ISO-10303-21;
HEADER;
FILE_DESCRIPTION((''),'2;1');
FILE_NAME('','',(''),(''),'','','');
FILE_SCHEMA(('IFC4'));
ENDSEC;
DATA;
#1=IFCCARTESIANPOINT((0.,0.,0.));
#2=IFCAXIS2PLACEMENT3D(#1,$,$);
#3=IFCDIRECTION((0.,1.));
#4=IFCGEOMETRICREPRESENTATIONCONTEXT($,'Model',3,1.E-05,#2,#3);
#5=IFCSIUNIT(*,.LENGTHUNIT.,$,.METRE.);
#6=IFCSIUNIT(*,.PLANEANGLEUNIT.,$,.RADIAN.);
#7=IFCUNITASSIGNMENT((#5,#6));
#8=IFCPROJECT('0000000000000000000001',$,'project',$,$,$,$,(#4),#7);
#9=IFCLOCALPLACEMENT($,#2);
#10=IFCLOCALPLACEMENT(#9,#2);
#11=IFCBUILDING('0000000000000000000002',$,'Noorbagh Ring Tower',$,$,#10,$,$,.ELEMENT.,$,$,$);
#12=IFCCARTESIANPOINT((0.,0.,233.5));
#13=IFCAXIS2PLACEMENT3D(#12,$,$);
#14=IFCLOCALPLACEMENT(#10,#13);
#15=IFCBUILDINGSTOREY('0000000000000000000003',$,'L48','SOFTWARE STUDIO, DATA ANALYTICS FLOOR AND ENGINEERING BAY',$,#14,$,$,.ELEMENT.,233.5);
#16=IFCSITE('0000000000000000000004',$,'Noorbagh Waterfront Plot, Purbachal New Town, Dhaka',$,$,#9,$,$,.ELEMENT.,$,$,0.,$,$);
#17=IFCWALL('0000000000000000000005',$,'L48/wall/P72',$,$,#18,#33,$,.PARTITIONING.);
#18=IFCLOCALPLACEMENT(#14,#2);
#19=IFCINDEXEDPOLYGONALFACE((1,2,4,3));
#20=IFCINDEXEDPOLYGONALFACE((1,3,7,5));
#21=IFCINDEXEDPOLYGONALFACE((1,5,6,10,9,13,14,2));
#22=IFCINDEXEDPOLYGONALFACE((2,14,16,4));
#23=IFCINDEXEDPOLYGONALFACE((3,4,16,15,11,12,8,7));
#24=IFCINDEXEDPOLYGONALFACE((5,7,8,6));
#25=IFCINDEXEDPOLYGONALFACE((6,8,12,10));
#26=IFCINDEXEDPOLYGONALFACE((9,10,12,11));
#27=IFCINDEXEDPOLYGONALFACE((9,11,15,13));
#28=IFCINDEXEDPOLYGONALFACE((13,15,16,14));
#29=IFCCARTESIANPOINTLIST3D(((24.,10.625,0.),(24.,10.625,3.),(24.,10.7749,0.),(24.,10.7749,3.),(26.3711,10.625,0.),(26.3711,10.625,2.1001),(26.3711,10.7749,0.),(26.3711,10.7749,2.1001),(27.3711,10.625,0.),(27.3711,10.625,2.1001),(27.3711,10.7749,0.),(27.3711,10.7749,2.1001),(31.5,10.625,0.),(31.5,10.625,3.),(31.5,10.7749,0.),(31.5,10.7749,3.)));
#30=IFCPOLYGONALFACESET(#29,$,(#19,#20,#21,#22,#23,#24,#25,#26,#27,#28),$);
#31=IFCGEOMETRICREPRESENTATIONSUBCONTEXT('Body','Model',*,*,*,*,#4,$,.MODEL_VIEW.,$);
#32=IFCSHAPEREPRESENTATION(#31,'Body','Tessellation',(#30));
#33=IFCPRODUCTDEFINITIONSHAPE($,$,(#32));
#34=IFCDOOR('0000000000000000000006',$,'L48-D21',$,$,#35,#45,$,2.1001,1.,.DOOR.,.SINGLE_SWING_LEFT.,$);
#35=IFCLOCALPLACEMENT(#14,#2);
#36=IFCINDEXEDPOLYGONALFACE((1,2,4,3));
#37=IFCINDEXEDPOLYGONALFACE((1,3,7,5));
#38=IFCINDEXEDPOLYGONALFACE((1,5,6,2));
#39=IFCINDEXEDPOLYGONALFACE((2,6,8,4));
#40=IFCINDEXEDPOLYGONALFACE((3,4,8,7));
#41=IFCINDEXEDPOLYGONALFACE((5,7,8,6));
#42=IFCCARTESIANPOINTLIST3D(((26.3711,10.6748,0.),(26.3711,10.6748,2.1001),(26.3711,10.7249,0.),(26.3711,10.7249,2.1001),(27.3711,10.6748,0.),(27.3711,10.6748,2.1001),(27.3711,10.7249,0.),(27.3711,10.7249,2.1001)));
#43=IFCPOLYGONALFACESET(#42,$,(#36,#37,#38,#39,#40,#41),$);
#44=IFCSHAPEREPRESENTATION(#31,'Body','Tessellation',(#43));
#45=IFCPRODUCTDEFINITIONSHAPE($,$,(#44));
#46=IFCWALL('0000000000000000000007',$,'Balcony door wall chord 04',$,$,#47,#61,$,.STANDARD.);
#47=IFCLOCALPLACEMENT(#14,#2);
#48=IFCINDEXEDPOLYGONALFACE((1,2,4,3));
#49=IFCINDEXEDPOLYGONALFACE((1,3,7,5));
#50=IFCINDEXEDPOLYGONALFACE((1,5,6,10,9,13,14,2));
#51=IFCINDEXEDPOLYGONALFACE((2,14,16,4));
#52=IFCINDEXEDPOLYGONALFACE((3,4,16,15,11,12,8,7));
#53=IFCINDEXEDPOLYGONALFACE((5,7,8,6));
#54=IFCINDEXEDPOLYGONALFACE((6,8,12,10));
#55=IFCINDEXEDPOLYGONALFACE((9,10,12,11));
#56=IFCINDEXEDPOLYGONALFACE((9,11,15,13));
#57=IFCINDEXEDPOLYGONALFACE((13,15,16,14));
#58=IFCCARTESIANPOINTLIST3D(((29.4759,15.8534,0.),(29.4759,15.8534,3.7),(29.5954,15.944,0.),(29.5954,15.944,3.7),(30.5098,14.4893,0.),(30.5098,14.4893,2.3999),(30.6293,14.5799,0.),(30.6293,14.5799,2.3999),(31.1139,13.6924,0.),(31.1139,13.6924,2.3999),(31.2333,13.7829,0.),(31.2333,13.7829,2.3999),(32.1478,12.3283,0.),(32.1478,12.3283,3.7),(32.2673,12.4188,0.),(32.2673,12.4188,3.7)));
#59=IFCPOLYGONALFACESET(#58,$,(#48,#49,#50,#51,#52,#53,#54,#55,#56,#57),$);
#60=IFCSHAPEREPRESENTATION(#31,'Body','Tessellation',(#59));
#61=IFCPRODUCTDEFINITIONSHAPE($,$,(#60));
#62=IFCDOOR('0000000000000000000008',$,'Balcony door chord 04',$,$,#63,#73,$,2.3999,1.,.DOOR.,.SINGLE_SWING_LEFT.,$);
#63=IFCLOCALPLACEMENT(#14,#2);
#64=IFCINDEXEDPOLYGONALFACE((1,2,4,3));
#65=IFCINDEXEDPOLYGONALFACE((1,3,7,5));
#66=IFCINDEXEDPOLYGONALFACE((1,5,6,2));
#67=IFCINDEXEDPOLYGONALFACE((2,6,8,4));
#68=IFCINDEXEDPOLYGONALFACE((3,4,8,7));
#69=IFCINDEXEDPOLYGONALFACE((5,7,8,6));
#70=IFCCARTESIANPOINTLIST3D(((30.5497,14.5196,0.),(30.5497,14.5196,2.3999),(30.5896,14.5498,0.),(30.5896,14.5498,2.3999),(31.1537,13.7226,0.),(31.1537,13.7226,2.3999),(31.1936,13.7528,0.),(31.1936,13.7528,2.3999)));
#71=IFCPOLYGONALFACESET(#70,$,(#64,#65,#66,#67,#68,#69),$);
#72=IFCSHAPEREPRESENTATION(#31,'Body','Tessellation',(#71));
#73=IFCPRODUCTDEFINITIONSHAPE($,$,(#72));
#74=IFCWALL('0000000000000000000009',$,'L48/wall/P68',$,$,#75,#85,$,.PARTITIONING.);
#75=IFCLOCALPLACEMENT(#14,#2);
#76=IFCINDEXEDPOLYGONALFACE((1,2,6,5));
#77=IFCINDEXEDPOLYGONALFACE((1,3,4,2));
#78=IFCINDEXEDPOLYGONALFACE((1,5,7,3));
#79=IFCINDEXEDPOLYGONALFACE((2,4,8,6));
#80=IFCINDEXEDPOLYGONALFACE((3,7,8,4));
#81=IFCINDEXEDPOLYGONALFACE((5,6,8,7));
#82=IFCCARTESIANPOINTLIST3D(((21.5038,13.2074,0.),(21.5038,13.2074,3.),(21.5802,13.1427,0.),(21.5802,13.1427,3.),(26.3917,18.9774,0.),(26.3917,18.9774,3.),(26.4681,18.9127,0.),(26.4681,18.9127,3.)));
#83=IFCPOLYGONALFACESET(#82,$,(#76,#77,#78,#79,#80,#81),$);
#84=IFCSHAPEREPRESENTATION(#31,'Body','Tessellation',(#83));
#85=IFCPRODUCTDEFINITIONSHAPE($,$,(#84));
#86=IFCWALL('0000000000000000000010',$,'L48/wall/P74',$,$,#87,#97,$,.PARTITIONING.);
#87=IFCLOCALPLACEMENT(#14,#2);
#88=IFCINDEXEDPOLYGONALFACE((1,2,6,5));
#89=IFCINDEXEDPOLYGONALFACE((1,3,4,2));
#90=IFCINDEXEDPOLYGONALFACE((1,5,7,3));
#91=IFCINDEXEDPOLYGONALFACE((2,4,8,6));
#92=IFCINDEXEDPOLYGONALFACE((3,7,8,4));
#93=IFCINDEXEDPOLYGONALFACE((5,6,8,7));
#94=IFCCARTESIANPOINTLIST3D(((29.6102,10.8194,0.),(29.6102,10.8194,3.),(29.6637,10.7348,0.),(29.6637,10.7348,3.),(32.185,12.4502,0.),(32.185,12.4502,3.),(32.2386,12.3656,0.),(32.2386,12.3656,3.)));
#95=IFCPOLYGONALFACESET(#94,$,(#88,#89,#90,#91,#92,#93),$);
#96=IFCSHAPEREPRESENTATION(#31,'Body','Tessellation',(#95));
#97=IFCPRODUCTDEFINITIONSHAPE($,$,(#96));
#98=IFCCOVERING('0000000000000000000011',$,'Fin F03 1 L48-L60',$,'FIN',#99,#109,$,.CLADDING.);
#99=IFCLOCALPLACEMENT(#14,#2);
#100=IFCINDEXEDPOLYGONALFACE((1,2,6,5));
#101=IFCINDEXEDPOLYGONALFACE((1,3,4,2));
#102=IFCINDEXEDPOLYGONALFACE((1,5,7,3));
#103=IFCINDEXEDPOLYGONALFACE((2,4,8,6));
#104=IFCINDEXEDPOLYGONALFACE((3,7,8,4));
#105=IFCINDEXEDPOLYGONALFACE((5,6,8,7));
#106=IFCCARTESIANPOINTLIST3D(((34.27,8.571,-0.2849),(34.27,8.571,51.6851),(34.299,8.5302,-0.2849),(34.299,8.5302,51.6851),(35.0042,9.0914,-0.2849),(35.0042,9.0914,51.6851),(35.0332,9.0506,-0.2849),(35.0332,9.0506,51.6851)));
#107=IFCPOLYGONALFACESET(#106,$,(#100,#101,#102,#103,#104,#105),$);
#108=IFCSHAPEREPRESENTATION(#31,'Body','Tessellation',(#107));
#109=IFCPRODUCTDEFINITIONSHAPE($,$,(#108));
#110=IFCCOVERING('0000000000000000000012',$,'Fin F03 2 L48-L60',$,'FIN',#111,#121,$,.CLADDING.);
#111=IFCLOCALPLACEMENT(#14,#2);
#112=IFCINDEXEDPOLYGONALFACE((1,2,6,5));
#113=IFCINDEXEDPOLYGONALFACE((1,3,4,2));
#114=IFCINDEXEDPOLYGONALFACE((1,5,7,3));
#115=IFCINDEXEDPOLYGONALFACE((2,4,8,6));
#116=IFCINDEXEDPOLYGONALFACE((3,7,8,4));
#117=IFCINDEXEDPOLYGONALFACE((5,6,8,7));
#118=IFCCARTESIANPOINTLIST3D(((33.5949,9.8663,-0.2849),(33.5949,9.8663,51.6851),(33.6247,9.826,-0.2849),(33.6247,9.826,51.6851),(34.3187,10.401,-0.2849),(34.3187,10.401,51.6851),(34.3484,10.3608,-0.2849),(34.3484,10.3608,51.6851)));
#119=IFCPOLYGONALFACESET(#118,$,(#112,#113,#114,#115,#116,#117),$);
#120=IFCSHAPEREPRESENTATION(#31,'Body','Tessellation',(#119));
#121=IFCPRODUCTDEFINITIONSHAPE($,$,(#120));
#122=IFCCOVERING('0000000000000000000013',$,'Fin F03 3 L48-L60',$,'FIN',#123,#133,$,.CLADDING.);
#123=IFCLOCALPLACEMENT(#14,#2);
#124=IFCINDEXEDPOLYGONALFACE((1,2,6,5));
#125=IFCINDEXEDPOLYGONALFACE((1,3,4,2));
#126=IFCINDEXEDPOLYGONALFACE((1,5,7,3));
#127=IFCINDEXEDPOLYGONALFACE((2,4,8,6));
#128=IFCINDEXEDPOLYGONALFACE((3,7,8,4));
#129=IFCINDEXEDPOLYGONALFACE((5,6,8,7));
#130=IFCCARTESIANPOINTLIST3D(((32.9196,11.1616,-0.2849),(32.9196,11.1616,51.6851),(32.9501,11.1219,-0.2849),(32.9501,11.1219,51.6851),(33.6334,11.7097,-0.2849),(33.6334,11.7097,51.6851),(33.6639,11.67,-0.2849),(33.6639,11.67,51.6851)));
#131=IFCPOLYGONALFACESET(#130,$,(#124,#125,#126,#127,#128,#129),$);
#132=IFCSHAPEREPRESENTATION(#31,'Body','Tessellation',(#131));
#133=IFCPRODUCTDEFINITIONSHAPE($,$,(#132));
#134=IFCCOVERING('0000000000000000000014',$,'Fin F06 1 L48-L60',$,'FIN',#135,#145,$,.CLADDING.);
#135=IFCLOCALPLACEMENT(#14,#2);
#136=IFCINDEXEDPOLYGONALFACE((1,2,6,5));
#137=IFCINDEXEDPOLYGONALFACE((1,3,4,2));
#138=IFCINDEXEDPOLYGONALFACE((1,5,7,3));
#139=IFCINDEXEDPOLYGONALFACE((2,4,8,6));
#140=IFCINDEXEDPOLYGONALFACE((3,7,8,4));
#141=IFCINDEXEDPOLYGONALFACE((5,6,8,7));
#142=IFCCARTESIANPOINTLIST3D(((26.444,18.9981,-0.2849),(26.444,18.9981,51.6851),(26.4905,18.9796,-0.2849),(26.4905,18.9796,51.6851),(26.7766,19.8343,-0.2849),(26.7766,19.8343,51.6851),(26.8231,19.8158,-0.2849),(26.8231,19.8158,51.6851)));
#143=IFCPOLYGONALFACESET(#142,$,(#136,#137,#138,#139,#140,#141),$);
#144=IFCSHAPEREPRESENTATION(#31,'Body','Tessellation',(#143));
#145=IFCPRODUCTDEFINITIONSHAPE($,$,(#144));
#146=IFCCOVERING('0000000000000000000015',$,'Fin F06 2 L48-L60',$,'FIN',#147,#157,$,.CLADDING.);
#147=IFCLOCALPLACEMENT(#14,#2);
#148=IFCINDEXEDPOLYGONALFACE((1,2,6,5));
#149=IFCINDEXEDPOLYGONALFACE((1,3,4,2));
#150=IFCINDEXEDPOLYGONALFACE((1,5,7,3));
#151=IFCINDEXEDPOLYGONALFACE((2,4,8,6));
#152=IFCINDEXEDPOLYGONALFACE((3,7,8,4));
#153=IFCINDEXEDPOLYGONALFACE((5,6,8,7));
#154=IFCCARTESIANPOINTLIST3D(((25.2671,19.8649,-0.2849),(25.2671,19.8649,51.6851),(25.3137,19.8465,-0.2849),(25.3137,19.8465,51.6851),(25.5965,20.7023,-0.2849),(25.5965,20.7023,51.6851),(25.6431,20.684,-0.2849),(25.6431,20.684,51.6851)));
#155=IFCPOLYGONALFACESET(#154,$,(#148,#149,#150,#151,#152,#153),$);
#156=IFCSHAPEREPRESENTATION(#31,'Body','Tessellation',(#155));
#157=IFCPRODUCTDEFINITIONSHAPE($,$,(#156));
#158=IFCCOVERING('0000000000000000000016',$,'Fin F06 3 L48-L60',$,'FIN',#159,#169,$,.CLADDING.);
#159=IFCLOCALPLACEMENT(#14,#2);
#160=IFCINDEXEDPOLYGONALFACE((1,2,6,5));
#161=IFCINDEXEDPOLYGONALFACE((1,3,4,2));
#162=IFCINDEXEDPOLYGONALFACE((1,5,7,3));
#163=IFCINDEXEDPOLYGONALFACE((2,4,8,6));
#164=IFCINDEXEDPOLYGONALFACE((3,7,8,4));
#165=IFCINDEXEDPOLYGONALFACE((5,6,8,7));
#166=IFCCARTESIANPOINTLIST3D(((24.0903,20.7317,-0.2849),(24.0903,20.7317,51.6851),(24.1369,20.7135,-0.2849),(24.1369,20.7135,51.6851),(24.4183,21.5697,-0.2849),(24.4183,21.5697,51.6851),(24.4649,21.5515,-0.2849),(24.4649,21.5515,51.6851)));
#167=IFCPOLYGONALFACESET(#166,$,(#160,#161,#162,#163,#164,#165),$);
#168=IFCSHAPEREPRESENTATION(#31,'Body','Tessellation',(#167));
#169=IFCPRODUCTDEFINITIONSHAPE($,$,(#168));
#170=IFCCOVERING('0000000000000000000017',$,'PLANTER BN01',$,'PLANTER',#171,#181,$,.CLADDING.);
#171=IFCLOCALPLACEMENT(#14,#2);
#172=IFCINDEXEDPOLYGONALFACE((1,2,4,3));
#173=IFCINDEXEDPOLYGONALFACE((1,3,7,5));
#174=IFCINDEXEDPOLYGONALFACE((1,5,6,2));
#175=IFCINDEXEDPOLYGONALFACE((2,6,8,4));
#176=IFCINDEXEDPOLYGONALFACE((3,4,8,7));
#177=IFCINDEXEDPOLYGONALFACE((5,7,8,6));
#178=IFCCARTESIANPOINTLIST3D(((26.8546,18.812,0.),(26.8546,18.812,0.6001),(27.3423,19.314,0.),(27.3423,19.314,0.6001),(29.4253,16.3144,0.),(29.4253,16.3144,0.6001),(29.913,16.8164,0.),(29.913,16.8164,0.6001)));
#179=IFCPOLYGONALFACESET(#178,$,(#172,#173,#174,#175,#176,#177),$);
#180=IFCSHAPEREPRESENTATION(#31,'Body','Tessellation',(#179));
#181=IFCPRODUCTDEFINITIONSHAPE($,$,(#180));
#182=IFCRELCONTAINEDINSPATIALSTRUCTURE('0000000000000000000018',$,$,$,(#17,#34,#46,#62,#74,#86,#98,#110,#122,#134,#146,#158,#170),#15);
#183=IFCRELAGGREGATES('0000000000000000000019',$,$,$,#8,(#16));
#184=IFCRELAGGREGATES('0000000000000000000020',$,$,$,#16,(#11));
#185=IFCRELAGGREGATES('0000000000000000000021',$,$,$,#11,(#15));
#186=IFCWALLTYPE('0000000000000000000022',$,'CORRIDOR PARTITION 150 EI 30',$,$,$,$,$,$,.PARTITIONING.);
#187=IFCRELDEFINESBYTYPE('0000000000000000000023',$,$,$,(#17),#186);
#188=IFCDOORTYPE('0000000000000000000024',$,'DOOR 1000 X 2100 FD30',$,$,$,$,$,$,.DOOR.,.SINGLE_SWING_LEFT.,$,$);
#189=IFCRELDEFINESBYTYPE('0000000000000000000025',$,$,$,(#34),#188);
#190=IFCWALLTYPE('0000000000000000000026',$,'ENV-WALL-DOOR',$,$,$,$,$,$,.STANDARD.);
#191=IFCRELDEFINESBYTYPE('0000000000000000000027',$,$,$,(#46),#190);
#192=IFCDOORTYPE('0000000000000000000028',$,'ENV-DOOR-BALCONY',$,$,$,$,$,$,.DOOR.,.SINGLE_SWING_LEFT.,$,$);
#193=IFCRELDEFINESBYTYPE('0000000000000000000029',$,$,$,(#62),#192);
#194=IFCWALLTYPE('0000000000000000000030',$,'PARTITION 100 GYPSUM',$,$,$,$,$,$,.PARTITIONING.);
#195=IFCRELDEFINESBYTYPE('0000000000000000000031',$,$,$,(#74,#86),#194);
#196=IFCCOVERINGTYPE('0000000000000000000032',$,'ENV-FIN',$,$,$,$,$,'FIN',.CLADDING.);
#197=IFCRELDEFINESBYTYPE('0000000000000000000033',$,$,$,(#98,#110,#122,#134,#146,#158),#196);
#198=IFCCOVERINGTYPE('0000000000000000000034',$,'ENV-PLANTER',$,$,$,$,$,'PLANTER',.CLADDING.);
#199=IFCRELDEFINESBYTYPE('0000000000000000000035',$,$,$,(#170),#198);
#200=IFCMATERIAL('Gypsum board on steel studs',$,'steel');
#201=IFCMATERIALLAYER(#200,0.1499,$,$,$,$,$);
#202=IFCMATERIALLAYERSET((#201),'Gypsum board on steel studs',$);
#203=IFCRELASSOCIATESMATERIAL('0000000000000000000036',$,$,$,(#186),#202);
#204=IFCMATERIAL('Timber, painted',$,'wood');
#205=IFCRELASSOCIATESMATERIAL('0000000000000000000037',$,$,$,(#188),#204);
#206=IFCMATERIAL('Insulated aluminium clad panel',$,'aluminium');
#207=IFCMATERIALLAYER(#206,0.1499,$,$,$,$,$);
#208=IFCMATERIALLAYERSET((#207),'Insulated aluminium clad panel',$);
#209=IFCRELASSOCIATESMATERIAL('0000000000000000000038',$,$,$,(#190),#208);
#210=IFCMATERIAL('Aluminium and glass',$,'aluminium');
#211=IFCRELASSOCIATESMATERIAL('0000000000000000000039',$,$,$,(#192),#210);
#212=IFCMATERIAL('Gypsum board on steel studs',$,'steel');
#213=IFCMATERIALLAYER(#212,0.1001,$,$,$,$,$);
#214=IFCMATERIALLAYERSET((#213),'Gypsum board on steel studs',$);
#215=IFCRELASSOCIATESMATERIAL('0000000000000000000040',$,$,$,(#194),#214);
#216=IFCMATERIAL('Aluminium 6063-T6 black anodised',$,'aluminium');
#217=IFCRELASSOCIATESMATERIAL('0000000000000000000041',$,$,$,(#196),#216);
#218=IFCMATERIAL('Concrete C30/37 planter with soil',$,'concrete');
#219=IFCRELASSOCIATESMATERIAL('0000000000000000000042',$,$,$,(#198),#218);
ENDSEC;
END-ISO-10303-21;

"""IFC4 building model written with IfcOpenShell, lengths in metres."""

from ifc_helpers import new_model, si_unit, direction, frame, frame_2d, origin, origin_2d, place, context, subcontext, project, spatial, rectangle, extrude, material, layer, layer_set, material_profile, profile_set, type_object, element, fill, save


model = new_model("IFC4")

# Units and contexts
model_context = context("Model", 3, precision=1e-05, world=origin(), true_north=direction((0.0, 1.0)))
body_context = subcontext(model_context, "Body", "Model", "MODEL_VIEW")
ifc_project = project(units=[si_unit("LENGTHUNIT", "METRE"), si_unit("PLANEANGLEUNIT", "RADIAN")], contexts=[model_context])

# Site, building, storey
site_placement = place(None, origin())
site = spatial("IfcSite", under=ifc_project, at=site_placement, Name="Noorbagh Waterfront Plot, Purbachal New Town, Dhaka", CompositionType="ELEMENT", RefElevation=0.0)
building_placement = place(site_placement, origin())
building = spatial("IfcBuilding", under=site, at=building_placement, Name="Noorbagh Ring Tower", CompositionType="ELEMENT")
storey_placement = place(building_placement, frame((0.0, 0.0, 233.5)))
storey = spatial("IfcBuildingStorey", under=building, at=storey_placement, Name="L48", Description="SOFTWARE STUDIO, DATA ANALYTICS FLOOR AND ENGINEERING BAY", CompositionType="ELEMENT", Elevation=233.5)

# Shared definitions
ifc_material_1 = material(Name="Gypsum board on steel studs", Category="steel")
ifc_layer_1 = layer(ifc_material_1, 0.1499)
ifc_layer_set_1 = layer_set([ifc_layer_1], Name="Gypsum board on steel studs")
wall_type_1 = type_object("IfcWallType", Name="CORRIDOR PARTITION 150 EI 30", PredefinedType="PARTITIONING", material=ifc_layer_set_1)

# Walls, openings, doors
wall_1_placement = place(storey_placement, frame((24.0, 10.7, 0.0), z_axis=(0.0, 0.0, 1.0), x_axis=(1.0, 0.0, 0.0)))
wall_1 = element("IfcWall", 1, at=wall_1_placement, inside=storey, type_object=wall_type_1, Name="L48/wall/P72", PredefinedType="PARTITIONING", context=body_context, shape_type="SweptSolid", body=[
    extrude(rectangle(XDim=7.5, YDim=0.1499, at=frame_2d((3.75, 0.0))), origin(), (0.0, 0.0, 1.0), 3.0),
])
opening_1_placement = place(wall_1_placement, frame((2.3711, 0.0, 0.0)))
opening_1 = element("IfcOpeningElement", 2, at=opening_1_placement, cuts=wall_1, PredefinedType="OPENING", context=body_context, shape_type="SweptSolid", body=[
    extrude(rectangle(XDim=1.0, YDim=2.1001, at=frame_2d((0.5, 1.05))), frame((0.0, 0.085, 0.0), z_axis=(0.0, -1.0, 0.0), x_axis=(1.0, 0.0, 0.0)), (0.0, 0.0, 1.0), 0.1699),
])
ifc_material_2 = material(Name="Timber, painted", Category="wood")
door_type_1 = type_object("IfcDoorType", Name="DOOR 1000 X 2100 FD30", OperationType="SINGLE_SWING_LEFT", PredefinedType="DOOR", material=ifc_material_2)
door_1_placement = place(opening_1_placement, origin())
door_1 = element("IfcDoor", 3, at=door_1_placement, inside=storey, type_object=door_type_1, Name="L48-D21", OperationType="SINGLE_SWING_LEFT", OverallHeight=2.1001, OverallWidth=1.0, PredefinedType="DOOR", context=body_context, shape_type="SweptSolid", body=[
    extrude(rectangle(XDim=1.0, YDim=2.1001, at=frame_2d((0.5, 1.05))), frame((0.0, 0.0249, 0.0), z_axis=(0.0, -1.0, 0.0), x_axis=(1.0, 0.0, 0.0)), (0.0, 0.0, 1.0), 0.05),
])
fill(opening_1, door_1)
ifc_material_3 = material(Name="Insulated aluminium clad panel", Category="aluminium")
ifc_layer_2 = layer(ifc_material_3, 0.1499)
ifc_layer_set_2 = layer_set([ifc_layer_2], Name="Insulated aluminium clad panel")
wall_type_2 = type_object("IfcWallType", Name="ENV-WALL-DOOR", PredefinedType="STANDARD", material=ifc_layer_set_2)
wall_2_placement = place(storey_placement, frame((32.2075, 12.3735, 0.0), z_axis=(0.0, 0.0, 1.0), x_axis=(-0.604046, 0.79695, 0.0)))
wall_2 = element("IfcWall", 4, at=wall_2_placement, inside=storey, type_object=wall_type_2, Name="Balcony door wall chord 04", PredefinedType="STANDARD", context=body_context, shape_type="SweptSolid", body=[
    extrude(rectangle(XDim=4.4233, YDim=0.1499, at=frame_2d((2.2117, 0.0))), origin(), (0.0, 0.0, 1.0), 3.7),
])
opening_2_placement = place(wall_2_placement, frame((1.7117, 0.0, 0.0)))
opening_2 = element("IfcOpeningElement", 5, at=opening_2_placement, cuts=wall_2, PredefinedType="OPENING", context=body_context, shape_type="SweptSolid", body=[
    extrude(rectangle(XDim=1.0, YDim=2.3999, at=frame_2d((0.5, 1.2))), frame((0.0, 0.085, 0.0), z_axis=(0.0, -1.0, 0.0), x_axis=(1.0, 0.0, 0.0)), (0.0, 0.0, 1.0), 0.1699),
])
ifc_material_4 = material(Name="Aluminium and glass", Category="aluminium")
door_type_2 = type_object("IfcDoorType", Name="ENV-DOOR-BALCONY", OperationType="SINGLE_SWING_LEFT", PredefinedType="DOOR", material=ifc_material_4)
door_2_placement = place(opening_2_placement, origin())
door_2 = element("IfcDoor", 6, at=door_2_placement, inside=storey, type_object=door_type_2, Name="Balcony door chord 04", OperationType="SINGLE_SWING_LEFT", OverallHeight=2.3999, OverallWidth=1.0, PredefinedType="DOOR", context=body_context, shape_type="SweptSolid", body=[
    extrude(rectangle(XDim=1.0, YDim=2.3999, at=frame_2d((0.5, 1.2))), frame((0.0, 0.0249, 0.0), z_axis=(0.0, -1.0, 0.0), x_axis=(1.0, 0.0, 0.0)), (0.0, 0.0, 1.0), 0.05),
])
fill(opening_2, door_2)

# Walls
ifc_material_5 = material(Name="Gypsum board on steel studs", Category="steel")
ifc_layer_3 = layer(ifc_material_5, 0.1001)
ifc_layer_set_3 = layer_set([ifc_layer_3], Name="Gypsum board on steel studs")
wall_type_3 = type_object("IfcWallType", Name="PARTITION 100 GYPSUM", PredefinedType="PARTITIONING", material=ifc_layer_set_3)
wall_3_placement = place(storey_placement, frame((21.542, 13.175, 0.0), z_axis=(0.0, 0.0, 1.0), x_axis=(0.646375, 0.76302, 0.0)))
element("IfcWall", 7, at=wall_3_placement, inside=storey, type_object=wall_type_3, Name="L48/wall/P68", PredefinedType="PARTITIONING", context=body_context, shape_type="SweptSolid", body=[
    extrude(rectangle(XDim=7.562, YDim=0.1001, at=frame_2d((3.781, 0.0))), origin(), (0.0, 0.0, 1.0), 3.0),
])
wall_4_placement = place(storey_placement, frame((29.637, 10.7771, 0.0), z_axis=(0.0, 0.0, 1.0), x_axis=(0.844811, 0.535065, 0.0)))
element("IfcWall", 8, at=wall_4_placement, inside=storey, type_object=wall_type_3, Name="L48/wall/P74", PredefinedType="PARTITIONING", context=body_context, shape_type="SweptSolid", body=[
    extrude(rectangle(XDim=3.0479, YDim=0.1001, at=frame_2d((1.5239, 0.0))), origin(), (0.0, 0.0, 1.0), 3.0),
])

# Coverings
ifc_material_6 = material(Name="Aluminium 6063-T6 black anodised", Category="aluminium")
ifc_material_profile_1 = material_profile(ifc_material_6, rectangle(XDim=0.8999, YDim=0.05, at=origin_2d()), Name="900x50")
ifc_profile_set_1 = profile_set([ifc_material_profile_1], Name="Aluminium 6063-T6 black anodised")
covering_type_1 = type_object("IfcCoveringType", Name="ENV-FIN", ElementType="FIN", PredefinedType="CLADDING", material=ifc_profile_set_1)
for number, where, z_axis, x_axis, name in (
    (9, (34.6516, 8.8108, -0.2849), (0.0, 0.0, 1.0), (0.815855, 0.578256, 0.0), "Fin F03 1 L48-L60"),
    (10, (33.9717, 10.1135, -0.2849), (0.0, 0.0, 1.0), (0.80426, 0.594277, 0.0), "Fin F03 2 L48-L60"),
    (11, (33.2917, 11.4158, -0.2849), (0.0, 0.0, 1.0), (0.793138, 0.609043, 0.0), "Fin F03 3 L48-L60"),
    (12, (26.6335, 19.407, -0.2849), (0.0, 0.0, 1.0), (0.369564, 0.929205, 0.0), "Fin F06 1 L48-L60"),
    (13, (25.4551, 20.2744, -0.2849), (0.0, 0.0, 1.0), (0.366047, 0.930596, 0.0), "Fin F06 2 L48-L60"),
    (14, (24.2776, 21.1416, -0.2849), (0.0, 0.0, 1.0), (0.364533, 0.93119, 0.0), "Fin F06 3 L48-L60"),
):
    element("IfcCovering", number, at=place(storey_placement, frame(where, z_axis=z_axis, x_axis=x_axis)), inside=storey, type_object=covering_type_1, Name=name, ObjectType="FIN", PredefinedType="CLADDING", context=body_context, shape_type="SweptSolid", body=[
        extrude(rectangle(XDim=0.8999, YDim=0.05, at=origin_2d()), origin(), (0.0, 0.0, 1.0), 51.97),
    ])

# Covering
ifc_material_7 = material(Name="Concrete C30/37 planter with soil", Category="concrete")
covering_type_2 = type_object("IfcCoveringType", Name="ENV-PLANTER", ElementType="PLANTER", PredefinedType="CLADDING", material=ifc_material_7)
covering_placement = place(storey_placement, frame((28.3838, 17.8142, 0.0), z_axis=(0.0, 0.0, 1.0), x_axis=(-0.717225, 0.696842, 0.0)))
element("IfcCovering", 15, at=covering_placement, inside=storey, type_object=covering_type_2, Name="PLANTER BN01", ObjectType="PLANTER", PredefinedType="CLADDING", context=body_context, shape_type="SweptSolid", body=[
    extrude(rectangle(XDim=3.5842, YDim=0.7, at=origin_2d()), origin(), (0.0, 0.0, 1.0), 0.6001),
])

save(model, "model.ifc")
